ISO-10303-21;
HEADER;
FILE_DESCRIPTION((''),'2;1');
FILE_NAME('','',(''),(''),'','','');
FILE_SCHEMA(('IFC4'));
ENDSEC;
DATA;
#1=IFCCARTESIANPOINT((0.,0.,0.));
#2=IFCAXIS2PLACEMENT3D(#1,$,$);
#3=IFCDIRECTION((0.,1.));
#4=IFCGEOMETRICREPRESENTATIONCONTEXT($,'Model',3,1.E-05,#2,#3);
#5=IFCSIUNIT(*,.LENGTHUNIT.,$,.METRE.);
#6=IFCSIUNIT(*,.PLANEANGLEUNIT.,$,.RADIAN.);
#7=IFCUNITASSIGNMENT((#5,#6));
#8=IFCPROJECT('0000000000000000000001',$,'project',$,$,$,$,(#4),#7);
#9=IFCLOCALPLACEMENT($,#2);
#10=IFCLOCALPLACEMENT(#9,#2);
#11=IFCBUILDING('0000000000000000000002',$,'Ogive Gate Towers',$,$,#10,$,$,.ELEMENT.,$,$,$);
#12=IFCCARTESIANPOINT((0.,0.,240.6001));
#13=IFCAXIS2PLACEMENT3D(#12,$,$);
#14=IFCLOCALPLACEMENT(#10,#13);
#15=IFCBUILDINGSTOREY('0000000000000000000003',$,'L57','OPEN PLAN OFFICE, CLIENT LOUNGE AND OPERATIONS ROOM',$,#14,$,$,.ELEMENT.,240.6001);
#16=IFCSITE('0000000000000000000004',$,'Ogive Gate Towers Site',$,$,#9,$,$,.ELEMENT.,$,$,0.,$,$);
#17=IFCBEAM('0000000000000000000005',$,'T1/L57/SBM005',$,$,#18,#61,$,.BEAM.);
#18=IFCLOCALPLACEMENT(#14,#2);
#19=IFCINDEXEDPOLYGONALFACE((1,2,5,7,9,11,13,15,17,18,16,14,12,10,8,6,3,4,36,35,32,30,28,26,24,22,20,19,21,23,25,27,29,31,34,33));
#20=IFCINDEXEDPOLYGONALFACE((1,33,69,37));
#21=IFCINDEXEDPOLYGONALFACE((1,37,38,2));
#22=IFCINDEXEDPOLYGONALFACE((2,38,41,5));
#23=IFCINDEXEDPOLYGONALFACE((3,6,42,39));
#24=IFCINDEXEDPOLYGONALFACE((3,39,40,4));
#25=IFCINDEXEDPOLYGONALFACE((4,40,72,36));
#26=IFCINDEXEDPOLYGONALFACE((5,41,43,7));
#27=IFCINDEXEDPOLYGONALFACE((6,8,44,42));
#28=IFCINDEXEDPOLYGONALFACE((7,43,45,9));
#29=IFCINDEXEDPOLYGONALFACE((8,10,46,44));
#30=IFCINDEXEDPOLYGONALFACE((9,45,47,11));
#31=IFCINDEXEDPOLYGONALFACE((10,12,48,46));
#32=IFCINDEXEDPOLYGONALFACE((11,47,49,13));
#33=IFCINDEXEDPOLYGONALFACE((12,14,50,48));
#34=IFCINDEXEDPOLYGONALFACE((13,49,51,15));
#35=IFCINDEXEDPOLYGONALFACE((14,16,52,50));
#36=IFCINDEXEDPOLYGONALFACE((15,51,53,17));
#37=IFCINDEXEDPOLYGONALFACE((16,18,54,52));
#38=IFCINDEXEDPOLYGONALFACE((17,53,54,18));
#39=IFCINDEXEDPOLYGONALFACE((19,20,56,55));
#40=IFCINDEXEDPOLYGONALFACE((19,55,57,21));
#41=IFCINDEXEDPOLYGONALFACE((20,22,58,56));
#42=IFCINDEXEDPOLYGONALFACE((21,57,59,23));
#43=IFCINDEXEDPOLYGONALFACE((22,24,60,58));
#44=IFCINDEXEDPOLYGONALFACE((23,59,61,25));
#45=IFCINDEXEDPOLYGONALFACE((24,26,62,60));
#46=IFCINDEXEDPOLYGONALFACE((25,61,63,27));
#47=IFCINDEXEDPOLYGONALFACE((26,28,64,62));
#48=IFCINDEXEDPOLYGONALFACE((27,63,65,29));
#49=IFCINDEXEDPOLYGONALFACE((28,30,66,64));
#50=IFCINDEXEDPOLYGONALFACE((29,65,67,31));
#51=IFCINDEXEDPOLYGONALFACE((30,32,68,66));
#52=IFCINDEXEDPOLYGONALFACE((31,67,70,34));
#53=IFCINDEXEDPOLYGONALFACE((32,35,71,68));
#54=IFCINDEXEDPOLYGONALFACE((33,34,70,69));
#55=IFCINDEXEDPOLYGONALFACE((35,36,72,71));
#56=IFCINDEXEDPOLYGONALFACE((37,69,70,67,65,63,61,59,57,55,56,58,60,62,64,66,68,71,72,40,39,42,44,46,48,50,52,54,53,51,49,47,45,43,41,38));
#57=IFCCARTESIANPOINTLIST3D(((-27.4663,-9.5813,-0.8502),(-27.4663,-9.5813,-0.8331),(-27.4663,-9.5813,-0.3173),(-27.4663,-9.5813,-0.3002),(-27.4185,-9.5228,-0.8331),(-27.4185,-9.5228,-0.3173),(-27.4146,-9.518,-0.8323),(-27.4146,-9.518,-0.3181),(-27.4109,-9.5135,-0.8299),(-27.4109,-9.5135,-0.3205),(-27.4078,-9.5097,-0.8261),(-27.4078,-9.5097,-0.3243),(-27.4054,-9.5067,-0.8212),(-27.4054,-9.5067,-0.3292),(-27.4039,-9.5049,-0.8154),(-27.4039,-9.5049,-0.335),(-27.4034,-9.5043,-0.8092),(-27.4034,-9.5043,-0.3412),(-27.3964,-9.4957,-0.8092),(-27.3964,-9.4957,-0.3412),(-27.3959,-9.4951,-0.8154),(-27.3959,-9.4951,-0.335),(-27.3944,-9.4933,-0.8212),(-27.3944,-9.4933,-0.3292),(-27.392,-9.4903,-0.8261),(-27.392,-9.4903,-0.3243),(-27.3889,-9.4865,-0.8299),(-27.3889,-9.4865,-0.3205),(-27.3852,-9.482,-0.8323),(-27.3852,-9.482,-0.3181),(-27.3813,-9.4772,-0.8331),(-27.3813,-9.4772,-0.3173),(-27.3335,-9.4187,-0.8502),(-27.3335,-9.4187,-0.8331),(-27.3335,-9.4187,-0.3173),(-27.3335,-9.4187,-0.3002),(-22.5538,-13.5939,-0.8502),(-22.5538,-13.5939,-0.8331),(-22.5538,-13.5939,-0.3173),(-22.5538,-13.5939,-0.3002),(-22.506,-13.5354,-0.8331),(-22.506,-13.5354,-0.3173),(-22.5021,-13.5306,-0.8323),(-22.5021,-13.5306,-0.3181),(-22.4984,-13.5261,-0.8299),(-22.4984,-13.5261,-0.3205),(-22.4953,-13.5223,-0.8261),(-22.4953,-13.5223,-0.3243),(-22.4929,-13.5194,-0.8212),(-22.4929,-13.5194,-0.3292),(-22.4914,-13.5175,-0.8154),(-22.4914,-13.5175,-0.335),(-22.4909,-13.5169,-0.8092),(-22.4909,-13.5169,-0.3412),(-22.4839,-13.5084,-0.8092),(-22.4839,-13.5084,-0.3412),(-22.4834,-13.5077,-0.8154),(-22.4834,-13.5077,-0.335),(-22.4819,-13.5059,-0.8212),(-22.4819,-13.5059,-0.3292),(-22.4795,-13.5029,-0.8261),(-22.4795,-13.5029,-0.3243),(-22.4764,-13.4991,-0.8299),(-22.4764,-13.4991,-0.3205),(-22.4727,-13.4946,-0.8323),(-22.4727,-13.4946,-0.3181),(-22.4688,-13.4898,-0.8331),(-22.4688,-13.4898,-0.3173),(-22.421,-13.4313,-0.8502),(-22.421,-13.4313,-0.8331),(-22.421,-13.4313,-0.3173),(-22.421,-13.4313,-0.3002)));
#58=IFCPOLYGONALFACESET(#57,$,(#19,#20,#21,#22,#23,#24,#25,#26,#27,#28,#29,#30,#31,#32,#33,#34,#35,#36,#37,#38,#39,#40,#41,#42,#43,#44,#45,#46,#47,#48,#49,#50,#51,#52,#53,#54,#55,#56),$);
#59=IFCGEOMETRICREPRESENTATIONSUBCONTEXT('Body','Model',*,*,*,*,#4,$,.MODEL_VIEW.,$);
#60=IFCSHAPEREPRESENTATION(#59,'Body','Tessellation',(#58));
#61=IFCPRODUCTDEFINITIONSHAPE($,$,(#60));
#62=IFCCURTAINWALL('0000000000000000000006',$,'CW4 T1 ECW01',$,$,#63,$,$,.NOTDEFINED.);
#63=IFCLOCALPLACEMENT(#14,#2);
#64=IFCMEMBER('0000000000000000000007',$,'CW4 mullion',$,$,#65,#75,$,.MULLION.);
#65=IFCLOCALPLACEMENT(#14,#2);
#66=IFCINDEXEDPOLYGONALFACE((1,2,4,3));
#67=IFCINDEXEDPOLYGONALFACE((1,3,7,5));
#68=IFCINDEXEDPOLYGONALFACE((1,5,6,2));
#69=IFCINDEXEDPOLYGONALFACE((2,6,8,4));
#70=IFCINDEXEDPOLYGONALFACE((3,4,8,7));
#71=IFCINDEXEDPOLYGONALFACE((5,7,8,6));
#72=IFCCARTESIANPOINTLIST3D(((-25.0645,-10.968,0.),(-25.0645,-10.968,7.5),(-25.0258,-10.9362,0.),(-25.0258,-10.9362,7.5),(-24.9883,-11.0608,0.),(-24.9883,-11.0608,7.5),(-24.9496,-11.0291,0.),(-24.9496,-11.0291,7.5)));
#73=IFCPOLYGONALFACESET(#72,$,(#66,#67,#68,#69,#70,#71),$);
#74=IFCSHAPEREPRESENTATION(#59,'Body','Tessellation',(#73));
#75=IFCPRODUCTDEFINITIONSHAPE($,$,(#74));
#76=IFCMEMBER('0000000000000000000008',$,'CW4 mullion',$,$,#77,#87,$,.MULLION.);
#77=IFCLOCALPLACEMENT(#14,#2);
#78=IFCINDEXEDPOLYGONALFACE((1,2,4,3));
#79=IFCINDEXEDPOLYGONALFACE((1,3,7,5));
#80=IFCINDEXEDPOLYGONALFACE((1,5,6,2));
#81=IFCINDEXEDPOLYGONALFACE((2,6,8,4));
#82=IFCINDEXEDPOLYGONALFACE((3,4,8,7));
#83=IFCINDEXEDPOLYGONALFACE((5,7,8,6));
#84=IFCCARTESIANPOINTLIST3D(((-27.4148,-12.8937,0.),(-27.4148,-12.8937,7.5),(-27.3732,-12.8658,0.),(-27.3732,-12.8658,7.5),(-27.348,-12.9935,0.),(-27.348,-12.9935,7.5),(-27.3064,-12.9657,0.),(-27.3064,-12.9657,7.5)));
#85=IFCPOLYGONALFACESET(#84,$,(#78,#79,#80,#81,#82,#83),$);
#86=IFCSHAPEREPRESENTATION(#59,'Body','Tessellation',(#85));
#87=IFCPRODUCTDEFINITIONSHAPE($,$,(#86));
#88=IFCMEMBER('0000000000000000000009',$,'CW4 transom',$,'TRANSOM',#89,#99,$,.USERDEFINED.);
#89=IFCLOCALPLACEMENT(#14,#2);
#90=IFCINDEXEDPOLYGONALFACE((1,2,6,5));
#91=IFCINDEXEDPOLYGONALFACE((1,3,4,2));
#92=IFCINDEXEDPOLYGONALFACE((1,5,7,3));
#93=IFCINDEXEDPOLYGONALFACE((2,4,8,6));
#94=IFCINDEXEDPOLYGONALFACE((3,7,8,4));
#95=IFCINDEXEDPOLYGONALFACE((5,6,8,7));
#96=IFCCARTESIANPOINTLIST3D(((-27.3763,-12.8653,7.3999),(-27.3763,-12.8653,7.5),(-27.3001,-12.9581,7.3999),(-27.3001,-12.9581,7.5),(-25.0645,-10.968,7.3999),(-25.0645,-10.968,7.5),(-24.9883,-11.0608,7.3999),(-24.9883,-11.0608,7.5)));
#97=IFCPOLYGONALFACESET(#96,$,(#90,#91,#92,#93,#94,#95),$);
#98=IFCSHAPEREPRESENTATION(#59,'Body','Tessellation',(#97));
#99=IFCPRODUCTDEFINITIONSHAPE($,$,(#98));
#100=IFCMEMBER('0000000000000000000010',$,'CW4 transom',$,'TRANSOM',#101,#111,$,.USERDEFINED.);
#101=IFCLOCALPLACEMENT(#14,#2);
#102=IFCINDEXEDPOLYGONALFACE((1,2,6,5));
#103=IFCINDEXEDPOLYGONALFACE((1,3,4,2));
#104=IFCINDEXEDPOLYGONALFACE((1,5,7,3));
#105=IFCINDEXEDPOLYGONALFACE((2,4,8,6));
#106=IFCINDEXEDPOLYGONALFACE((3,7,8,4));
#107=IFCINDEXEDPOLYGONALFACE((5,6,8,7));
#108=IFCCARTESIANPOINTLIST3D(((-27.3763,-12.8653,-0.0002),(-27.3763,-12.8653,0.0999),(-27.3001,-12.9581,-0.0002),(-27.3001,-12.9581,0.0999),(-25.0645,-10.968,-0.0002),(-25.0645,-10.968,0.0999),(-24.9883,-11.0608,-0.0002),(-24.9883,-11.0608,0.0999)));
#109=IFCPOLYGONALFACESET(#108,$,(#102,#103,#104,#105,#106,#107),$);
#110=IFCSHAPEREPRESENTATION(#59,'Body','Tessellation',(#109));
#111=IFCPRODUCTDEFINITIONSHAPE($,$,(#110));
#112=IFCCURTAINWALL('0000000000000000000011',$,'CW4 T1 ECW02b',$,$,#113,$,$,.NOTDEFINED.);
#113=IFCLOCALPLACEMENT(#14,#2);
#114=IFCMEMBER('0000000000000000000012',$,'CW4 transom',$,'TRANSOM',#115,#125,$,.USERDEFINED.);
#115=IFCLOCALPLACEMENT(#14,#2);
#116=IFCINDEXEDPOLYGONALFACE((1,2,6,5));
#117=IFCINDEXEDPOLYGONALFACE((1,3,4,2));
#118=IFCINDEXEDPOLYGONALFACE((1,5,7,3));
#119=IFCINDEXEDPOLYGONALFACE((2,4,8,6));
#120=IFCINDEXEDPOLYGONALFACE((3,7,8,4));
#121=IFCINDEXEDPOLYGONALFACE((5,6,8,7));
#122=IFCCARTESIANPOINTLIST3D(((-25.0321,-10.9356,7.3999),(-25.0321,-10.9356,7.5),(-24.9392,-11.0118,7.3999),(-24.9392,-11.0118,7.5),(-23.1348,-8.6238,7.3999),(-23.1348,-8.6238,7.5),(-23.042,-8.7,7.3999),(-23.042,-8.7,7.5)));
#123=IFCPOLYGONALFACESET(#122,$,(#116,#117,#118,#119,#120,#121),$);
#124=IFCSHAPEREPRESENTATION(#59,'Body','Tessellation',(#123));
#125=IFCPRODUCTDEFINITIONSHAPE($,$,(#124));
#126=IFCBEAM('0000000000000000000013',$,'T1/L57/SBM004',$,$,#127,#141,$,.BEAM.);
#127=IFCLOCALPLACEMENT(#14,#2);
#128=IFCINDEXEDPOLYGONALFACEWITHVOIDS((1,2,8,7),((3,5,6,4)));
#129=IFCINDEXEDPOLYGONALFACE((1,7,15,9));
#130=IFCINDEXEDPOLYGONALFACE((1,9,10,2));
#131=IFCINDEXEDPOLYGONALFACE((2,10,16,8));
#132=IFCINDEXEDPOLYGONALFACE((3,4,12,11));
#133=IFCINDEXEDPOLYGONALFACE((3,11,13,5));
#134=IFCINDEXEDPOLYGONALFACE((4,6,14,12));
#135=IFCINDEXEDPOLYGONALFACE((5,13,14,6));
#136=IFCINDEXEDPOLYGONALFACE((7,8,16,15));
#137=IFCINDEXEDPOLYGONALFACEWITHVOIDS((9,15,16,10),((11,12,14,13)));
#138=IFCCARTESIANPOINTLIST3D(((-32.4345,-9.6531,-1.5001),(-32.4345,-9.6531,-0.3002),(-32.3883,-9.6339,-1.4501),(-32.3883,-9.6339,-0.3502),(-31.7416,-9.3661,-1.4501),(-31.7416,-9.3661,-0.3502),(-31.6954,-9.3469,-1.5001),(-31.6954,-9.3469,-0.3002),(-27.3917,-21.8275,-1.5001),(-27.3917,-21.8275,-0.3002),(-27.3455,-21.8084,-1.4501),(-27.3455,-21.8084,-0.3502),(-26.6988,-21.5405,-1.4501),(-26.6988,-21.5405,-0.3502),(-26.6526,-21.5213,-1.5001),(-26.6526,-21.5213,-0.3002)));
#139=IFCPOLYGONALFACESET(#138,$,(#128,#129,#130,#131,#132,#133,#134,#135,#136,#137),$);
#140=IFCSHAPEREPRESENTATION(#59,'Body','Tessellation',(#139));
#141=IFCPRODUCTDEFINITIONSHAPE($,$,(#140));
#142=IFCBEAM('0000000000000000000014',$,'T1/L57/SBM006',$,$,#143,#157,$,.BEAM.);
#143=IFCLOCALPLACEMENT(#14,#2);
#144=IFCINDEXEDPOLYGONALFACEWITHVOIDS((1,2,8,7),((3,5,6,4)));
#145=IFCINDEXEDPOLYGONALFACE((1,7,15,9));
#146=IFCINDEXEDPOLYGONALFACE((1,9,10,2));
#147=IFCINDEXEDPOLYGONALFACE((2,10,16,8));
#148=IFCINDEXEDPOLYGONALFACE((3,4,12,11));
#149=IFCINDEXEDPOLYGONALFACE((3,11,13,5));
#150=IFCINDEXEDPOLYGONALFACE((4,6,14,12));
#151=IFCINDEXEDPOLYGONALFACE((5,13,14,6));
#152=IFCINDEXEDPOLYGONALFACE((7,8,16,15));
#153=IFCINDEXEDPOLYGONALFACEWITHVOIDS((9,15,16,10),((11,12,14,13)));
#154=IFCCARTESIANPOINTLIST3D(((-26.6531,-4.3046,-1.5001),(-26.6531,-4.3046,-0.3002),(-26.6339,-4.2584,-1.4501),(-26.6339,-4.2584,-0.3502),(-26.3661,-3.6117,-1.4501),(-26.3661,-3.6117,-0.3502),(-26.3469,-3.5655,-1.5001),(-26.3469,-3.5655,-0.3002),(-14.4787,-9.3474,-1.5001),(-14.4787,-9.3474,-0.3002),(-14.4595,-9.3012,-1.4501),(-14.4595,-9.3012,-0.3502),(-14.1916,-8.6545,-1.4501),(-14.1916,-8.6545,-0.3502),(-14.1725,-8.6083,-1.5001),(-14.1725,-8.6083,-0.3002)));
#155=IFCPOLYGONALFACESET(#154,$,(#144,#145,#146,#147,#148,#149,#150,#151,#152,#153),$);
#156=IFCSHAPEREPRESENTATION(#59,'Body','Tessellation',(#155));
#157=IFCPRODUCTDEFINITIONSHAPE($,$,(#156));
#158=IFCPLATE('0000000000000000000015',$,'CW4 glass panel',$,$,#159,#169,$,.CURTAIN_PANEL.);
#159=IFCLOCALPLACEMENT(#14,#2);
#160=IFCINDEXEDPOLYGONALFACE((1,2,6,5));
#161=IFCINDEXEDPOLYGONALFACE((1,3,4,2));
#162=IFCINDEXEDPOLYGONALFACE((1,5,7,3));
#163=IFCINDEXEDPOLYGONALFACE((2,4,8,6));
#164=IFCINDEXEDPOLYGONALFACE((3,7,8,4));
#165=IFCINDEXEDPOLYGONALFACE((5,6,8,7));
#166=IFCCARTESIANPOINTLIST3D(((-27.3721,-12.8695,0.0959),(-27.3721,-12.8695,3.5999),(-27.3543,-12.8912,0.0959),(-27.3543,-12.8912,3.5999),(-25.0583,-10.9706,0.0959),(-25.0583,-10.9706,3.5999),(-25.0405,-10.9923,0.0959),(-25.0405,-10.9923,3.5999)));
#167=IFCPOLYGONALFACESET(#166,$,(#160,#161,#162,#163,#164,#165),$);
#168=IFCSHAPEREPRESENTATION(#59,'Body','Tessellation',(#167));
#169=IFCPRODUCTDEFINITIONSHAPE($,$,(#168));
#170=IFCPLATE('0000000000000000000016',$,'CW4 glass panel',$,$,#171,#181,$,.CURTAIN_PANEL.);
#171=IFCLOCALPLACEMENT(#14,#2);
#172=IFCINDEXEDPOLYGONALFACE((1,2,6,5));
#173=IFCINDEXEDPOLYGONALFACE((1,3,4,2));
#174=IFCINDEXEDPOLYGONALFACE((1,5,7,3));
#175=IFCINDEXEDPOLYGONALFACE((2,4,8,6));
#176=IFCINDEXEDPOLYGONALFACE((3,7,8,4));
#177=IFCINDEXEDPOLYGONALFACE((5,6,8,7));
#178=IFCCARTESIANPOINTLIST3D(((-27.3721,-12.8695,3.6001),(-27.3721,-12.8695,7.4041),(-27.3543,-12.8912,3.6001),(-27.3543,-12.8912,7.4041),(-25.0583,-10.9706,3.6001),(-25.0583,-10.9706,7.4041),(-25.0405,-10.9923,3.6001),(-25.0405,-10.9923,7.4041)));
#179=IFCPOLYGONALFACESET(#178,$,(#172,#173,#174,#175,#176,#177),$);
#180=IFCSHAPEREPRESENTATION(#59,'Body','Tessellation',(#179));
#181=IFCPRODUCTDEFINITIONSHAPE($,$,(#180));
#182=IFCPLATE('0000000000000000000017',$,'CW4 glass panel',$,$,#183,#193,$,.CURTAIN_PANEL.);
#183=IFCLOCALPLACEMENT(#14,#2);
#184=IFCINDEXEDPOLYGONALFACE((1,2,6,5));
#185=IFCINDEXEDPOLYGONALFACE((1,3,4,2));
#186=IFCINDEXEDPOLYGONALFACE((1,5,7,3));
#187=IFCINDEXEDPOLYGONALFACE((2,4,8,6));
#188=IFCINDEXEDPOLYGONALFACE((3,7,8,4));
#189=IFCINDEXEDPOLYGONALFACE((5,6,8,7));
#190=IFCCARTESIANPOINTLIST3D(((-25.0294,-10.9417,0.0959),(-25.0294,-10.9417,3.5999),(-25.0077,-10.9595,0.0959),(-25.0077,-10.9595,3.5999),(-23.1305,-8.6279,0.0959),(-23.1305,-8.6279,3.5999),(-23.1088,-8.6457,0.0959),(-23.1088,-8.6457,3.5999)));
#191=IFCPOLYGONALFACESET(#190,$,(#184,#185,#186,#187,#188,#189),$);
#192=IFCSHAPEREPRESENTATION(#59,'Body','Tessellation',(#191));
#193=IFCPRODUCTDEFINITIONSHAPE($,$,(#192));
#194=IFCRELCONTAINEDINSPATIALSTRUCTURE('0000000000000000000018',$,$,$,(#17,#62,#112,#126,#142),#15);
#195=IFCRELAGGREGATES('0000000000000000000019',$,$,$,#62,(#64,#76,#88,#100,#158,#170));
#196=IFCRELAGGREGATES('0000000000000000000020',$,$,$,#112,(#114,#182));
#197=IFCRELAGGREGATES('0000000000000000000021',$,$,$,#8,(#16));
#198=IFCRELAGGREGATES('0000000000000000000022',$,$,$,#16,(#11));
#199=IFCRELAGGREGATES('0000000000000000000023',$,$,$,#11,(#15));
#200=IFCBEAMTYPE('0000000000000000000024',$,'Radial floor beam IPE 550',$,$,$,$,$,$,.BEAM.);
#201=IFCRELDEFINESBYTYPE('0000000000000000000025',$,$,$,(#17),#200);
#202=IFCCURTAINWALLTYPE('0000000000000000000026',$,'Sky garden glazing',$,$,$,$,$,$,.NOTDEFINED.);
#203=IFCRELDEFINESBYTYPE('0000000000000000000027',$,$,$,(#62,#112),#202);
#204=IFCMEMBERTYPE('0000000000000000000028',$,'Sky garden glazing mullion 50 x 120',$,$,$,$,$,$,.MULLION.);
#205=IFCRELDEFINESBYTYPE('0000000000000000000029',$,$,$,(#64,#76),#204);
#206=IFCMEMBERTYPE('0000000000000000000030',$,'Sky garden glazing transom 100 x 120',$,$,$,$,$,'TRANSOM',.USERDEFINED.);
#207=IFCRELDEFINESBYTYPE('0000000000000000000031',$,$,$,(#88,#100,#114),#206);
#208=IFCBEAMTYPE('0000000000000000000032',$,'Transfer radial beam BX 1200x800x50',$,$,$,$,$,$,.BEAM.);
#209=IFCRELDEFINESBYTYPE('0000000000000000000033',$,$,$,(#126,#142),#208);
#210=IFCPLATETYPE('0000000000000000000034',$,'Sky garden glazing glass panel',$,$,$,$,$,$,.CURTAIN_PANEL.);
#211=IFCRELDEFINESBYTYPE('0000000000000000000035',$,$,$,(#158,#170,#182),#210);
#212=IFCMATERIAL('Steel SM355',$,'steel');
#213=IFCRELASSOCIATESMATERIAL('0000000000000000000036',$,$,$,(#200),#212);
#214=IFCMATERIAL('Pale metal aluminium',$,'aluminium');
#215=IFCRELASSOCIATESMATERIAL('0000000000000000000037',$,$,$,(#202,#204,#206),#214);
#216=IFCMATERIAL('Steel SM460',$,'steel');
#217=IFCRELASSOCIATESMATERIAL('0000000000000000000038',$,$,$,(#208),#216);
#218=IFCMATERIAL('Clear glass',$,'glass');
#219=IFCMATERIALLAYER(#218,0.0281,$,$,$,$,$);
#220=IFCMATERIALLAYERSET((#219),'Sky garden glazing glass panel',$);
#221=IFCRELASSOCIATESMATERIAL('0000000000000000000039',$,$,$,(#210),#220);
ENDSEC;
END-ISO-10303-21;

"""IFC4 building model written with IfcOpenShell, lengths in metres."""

from ifc_helpers import new_model, si_unit, direction, frame, origin, origin_2d, place, context, subcontext, project, spatial, rectangle, hollow_rectangle, i_section, extrude, material, layer, layer_set, material_profile, profile_set, type_object, element, aggregate, save


model = new_model("IFC4")

# Units and contexts
model_context = context("Model", 3, precision=1e-05, world=origin(), true_north=direction((0.0, 1.0)))
body_context = subcontext(model_context, "Body", "Model", "MODEL_VIEW")
ifc_project = project(units=[si_unit("LENGTHUNIT", "METRE"), si_unit("PLANEANGLEUNIT", "RADIAN")], contexts=[model_context])

# Site, building, storey
site_placement = place(None, origin())
site = spatial("IfcSite", under=ifc_project, at=site_placement, Name="Ogive Gate Towers Site", CompositionType="ELEMENT", RefElevation=0.0)
building_placement = place(site_placement, origin())
building = spatial("IfcBuilding", under=site, at=building_placement, Name="Ogive Gate Towers", CompositionType="ELEMENT")
storey_placement = place(building_placement, frame((0.0, 0.0, 240.6001)))
storey = spatial("IfcBuildingStorey", under=building, at=storey_placement, Name="L57", Description="OPEN PLAN OFFICE, CLIENT LOUNGE AND OPERATIONS ROOM", CompositionType="ELEMENT", Elevation=240.6001)

# Beam
ifc_material_1 = material(Name="Steel SM355", Category="steel")
ifc_material_profile_1 = material_profile(ifc_material_1, i_section(OverallWidth=0.21, OverallDepth=0.55, WebThickness=0.011, FlangeThickness=0.0171, FilletRadius=0.0239, at=origin_2d()), Name="IPE 550")
ifc_profile_set_1 = profile_set([ifc_material_profile_1], Name="Steel SM355")
beam_type_1 = type_object("IfcBeamType", Name="Radial floor beam IPE 550", PredefinedType="BEAM", material=ifc_profile_set_1)
beam_placement = place(storey_placement, frame((-27.3999, -9.5, -0.5752), z_axis=(0.774475, -0.632605, 0.0), x_axis=(0.632605, 0.774475, 0.0)))
element("IfcBeam", 1, at=beam_placement, inside=storey, type_object=beam_type_1, Name="T1/L57/SBM005", PredefinedType="BEAM", context=body_context, shape_type="SweptSolid", body=[
    extrude(i_section(OverallWidth=0.21, OverallDepth=0.55, WebThickness=0.011, FlangeThickness=0.0171, FilletRadius=0.0239, at=origin_2d()), origin(), (0.0, 0.0, 1.0), 6.343),
])

# Curtain wall, members
ifc_material_2 = material(Name="Pale metal aluminium", Category="aluminium")
curtain_wall_type = type_object("IfcCurtainWallType", Name="Sky garden glazing", PredefinedType="NOTDEFINED", material=ifc_material_2)
curtain_wall_1_placement = place(storey_placement, origin())
curtain_wall_1 = element("IfcCurtainWall", 2, at=curtain_wall_1_placement, inside=storey, type_object=curtain_wall_type, Name="CW4 T1 ECW01", PredefinedType="NOTDEFINED")
ifc_material_profile_2 = material_profile(ifc_material_2, rectangle(XDim=0.1201, YDim=0.05, at=origin_2d()), Name="50 x 120 aluminium box")
ifc_profile_set_2 = profile_set([ifc_material_profile_2], Name="Pale metal aluminium")
member_type_1 = type_object("IfcMemberType", Name="Sky garden glazing mullion 50 x 120", PredefinedType="MULLION", material=ifc_profile_set_2)
member_1_placement = place(storey_placement, frame((-25.0071, -10.9985, 0.0), z_axis=(0.0, 0.0, 1.0), x_axis=(-0.634393, 0.77301, 0.0)))
member_1 = element("IfcMember", 3, at=member_1_placement, type_object=member_type_1, Name="CW4 mullion", PredefinedType="MULLION", context=body_context, shape_type="SweptSolid", body=[
    extrude(rectangle(XDim=0.1201, YDim=0.05, at=origin_2d()), origin(), (0.0, 0.0, 1.0), 7.5),
])
member_2_placement = place(storey_placement, frame((-27.3606, -12.9297, 0.0), z_axis=(0.0, 0.0, 1.0), x_axis=(-0.555556, 0.831479, 0.0)))
member_2 = element("IfcMember", 4, at=member_2_placement, type_object=member_type_1, Name="CW4 mullion", PredefinedType="MULLION", context=body_context, shape_type="SweptSolid", body=[
    extrude(rectangle(XDim=0.1201, YDim=0.05, at=origin_2d()), origin(), (0.0, 0.0, 1.0), 7.5),
])
ifc_material_profile_3 = material_profile(ifc_material_2, rectangle(XDim=0.1201, YDim=0.1001, at=origin_2d()), Name="100 x 120 aluminium box")
ifc_profile_set_3 = profile_set([ifc_material_profile_3], Name="Pale metal aluminium")
member_type_2 = type_object("IfcMemberType", Name="Sky garden glazing transom 100 x 120", ElementType="TRANSOM", PredefinedType="USERDEFINED", material=ifc_profile_set_3)
member_3_placement = place(storey_placement, frame((-25.0264, -11.0144, 7.45), z_axis=(-0.773011, -0.634393, 0.0), x_axis=(0.634393, -0.773011, 0.0)))
member_3 = element("IfcMember", 5, at=member_3_placement, type_object=member_type_2, Name="CW4 transom", ObjectType="TRANSOM", PredefinedType="USERDEFINED", context=body_context, shape_type="SweptSolid", body=[
    extrude(rectangle(XDim=0.1201, YDim=0.1001, at=origin_2d()), origin(), (0.0, 0.0, 1.0), 2.9907),
])
member_4_placement = place(storey_placement, frame((-25.0264, -11.0144, 0.0498), z_axis=(-0.773011, -0.634393, 0.0), x_axis=(0.634393, -0.773011, 0.0)))
member_4 = element("IfcMember", 6, at=member_4_placement, type_object=member_type_2, Name="CW4 transom", ObjectType="TRANSOM", PredefinedType="USERDEFINED", context=body_context, shape_type="SweptSolid", body=[
    extrude(rectangle(XDim=0.1201, YDim=0.1001, at=origin_2d()), origin(), (0.0, 0.0, 1.0), 2.9907),
])

# Curtain wall, member
curtain_wall_2_placement = place(storey_placement, origin())
curtain_wall_2 = element("IfcCurtainWall", 7, at=curtain_wall_2_placement, inside=storey, type_object=curtain_wall_type, Name="CW4 T1 ECW02b", PredefinedType="NOTDEFINED")
member_5_placement = place(storey_placement, frame((-23.0884, -8.6619, 7.45), z_axis=(-0.634393, -0.773011, 0.0), x_axis=(0.773011, -0.634393, 0.0)))
member_5 = element("IfcMember", 8, at=member_5_placement, type_object=member_type_2, Name="CW4 transom", ObjectType="TRANSOM", PredefinedType="USERDEFINED", context=body_context, shape_type="SweptSolid", body=[
    extrude(rectangle(XDim=0.1201, YDim=0.1001, at=origin_2d()), origin(), (0.0, 0.0, 1.0), 2.9907),
])

# Beams
ifc_material_3 = material(Name="Steel SM460", Category="steel")
ifc_material_profile_4 = material_profile(ifc_material_3, hollow_rectangle(XDim=0.8, YDim=1.2, WallThickness=0.05, at=origin_2d()), Name="BX 1200x800x50")
ifc_profile_set_4 = profile_set([ifc_material_profile_4], Name="Steel SM460")
beam_type_2 = type_object("IfcBeamType", Name="Transfer radial beam BX 1200x800x50", PredefinedType="BEAM", material=ifc_profile_set_4)
for number, where, z_axis, x_axis, name in (
    (9, (-32.0649, -9.5, -0.9001), (0.382681, -0.923881, 0.0), (0.923881, 0.382681, 0.0), "T1/L57/SBM004"),
    (10, (-26.5, -3.9351, -0.9001), (0.923881, -0.382681, 0.0), (0.382681, 0.923881, 0.0), "T1/L57/SBM006"),
):
    element("IfcBeam", number, at=place(storey_placement, frame(where, z_axis=z_axis, x_axis=x_axis)), inside=storey, type_object=beam_type_2, Name=name, PredefinedType="BEAM", context=body_context, shape_type="SweptSolid", body=[
        extrude(hollow_rectangle(XDim=0.8, YDim=1.2, WallThickness=0.05, at=origin_2d()), origin(), (0.0, 0.0, 1.0), 13.1775),
    ])

# Plates
ifc_material_4 = material(Name="Clear glass", Category="glass")
ifc_layer_1 = layer(ifc_material_4, 0.0281)
ifc_layer_set_1 = layer_set([ifc_layer_1], Name="Sky garden glazing glass panel")
plate_type = type_object("IfcPlateType", Name="Sky garden glazing glass panel", PredefinedType="CURTAIN_PANEL", material=ifc_layer_set_1)
plate_1_placement = place(storey_placement, frame((-26.2063, -11.9309, 0.0959), z_axis=(0.0, 0.0, 1.0), x_axis=(-0.77301, -0.634393, 0.0)))
plate_1 = element("IfcPlate", 11, at=plate_1_placement, type_object=plate_type, Name="CW4 glass panel", PredefinedType="CURTAIN_PANEL", context=body_context, shape_type="SweptSolid", body=[
    extrude(rectangle(XDim=2.9932, YDim=0.0281, at=origin_2d()), origin(), (0.0, 0.0, 1.0), 3.5039),
])
plate_2_placement = place(storey_placement, frame((-26.2063, -11.9309, 3.6001), z_axis=(0.0, 0.0, 1.0), x_axis=(-0.77301, -0.634393, 0.0)))
plate_2 = element("IfcPlate", 12, at=plate_2_placement, type_object=plate_type, Name="CW4 glass panel", PredefinedType="CURTAIN_PANEL", context=body_context, shape_type="SweptSolid", body=[
    extrude(rectangle(XDim=2.9932, YDim=0.0281, at=origin_2d()), origin(), (0.0, 0.0, 1.0), 3.804),
])
aggregate(curtain_wall_1, [member_1, member_2, member_3, member_4, plate_1, plate_2])
plate_3_placement = place(storey_placement, frame((-24.0691, -9.7937, 0.0959), z_axis=(0.0, 0.0, 1.0), x_axis=(-0.634393, -0.77301, 0.0)))
plate_3 = element("IfcPlate", 13, at=plate_3_placement, type_object=plate_type, Name="CW4 glass panel", PredefinedType="CURTAIN_PANEL", context=body_context, shape_type="SweptSolid", body=[
    extrude(rectangle(XDim=2.9932, YDim=0.0281, at=origin_2d()), origin(), (0.0, 0.0, 1.0), 3.5039),
])
aggregate(curtain_wall_2, [member_5, plate_3])

save(model, "model.ifc")
